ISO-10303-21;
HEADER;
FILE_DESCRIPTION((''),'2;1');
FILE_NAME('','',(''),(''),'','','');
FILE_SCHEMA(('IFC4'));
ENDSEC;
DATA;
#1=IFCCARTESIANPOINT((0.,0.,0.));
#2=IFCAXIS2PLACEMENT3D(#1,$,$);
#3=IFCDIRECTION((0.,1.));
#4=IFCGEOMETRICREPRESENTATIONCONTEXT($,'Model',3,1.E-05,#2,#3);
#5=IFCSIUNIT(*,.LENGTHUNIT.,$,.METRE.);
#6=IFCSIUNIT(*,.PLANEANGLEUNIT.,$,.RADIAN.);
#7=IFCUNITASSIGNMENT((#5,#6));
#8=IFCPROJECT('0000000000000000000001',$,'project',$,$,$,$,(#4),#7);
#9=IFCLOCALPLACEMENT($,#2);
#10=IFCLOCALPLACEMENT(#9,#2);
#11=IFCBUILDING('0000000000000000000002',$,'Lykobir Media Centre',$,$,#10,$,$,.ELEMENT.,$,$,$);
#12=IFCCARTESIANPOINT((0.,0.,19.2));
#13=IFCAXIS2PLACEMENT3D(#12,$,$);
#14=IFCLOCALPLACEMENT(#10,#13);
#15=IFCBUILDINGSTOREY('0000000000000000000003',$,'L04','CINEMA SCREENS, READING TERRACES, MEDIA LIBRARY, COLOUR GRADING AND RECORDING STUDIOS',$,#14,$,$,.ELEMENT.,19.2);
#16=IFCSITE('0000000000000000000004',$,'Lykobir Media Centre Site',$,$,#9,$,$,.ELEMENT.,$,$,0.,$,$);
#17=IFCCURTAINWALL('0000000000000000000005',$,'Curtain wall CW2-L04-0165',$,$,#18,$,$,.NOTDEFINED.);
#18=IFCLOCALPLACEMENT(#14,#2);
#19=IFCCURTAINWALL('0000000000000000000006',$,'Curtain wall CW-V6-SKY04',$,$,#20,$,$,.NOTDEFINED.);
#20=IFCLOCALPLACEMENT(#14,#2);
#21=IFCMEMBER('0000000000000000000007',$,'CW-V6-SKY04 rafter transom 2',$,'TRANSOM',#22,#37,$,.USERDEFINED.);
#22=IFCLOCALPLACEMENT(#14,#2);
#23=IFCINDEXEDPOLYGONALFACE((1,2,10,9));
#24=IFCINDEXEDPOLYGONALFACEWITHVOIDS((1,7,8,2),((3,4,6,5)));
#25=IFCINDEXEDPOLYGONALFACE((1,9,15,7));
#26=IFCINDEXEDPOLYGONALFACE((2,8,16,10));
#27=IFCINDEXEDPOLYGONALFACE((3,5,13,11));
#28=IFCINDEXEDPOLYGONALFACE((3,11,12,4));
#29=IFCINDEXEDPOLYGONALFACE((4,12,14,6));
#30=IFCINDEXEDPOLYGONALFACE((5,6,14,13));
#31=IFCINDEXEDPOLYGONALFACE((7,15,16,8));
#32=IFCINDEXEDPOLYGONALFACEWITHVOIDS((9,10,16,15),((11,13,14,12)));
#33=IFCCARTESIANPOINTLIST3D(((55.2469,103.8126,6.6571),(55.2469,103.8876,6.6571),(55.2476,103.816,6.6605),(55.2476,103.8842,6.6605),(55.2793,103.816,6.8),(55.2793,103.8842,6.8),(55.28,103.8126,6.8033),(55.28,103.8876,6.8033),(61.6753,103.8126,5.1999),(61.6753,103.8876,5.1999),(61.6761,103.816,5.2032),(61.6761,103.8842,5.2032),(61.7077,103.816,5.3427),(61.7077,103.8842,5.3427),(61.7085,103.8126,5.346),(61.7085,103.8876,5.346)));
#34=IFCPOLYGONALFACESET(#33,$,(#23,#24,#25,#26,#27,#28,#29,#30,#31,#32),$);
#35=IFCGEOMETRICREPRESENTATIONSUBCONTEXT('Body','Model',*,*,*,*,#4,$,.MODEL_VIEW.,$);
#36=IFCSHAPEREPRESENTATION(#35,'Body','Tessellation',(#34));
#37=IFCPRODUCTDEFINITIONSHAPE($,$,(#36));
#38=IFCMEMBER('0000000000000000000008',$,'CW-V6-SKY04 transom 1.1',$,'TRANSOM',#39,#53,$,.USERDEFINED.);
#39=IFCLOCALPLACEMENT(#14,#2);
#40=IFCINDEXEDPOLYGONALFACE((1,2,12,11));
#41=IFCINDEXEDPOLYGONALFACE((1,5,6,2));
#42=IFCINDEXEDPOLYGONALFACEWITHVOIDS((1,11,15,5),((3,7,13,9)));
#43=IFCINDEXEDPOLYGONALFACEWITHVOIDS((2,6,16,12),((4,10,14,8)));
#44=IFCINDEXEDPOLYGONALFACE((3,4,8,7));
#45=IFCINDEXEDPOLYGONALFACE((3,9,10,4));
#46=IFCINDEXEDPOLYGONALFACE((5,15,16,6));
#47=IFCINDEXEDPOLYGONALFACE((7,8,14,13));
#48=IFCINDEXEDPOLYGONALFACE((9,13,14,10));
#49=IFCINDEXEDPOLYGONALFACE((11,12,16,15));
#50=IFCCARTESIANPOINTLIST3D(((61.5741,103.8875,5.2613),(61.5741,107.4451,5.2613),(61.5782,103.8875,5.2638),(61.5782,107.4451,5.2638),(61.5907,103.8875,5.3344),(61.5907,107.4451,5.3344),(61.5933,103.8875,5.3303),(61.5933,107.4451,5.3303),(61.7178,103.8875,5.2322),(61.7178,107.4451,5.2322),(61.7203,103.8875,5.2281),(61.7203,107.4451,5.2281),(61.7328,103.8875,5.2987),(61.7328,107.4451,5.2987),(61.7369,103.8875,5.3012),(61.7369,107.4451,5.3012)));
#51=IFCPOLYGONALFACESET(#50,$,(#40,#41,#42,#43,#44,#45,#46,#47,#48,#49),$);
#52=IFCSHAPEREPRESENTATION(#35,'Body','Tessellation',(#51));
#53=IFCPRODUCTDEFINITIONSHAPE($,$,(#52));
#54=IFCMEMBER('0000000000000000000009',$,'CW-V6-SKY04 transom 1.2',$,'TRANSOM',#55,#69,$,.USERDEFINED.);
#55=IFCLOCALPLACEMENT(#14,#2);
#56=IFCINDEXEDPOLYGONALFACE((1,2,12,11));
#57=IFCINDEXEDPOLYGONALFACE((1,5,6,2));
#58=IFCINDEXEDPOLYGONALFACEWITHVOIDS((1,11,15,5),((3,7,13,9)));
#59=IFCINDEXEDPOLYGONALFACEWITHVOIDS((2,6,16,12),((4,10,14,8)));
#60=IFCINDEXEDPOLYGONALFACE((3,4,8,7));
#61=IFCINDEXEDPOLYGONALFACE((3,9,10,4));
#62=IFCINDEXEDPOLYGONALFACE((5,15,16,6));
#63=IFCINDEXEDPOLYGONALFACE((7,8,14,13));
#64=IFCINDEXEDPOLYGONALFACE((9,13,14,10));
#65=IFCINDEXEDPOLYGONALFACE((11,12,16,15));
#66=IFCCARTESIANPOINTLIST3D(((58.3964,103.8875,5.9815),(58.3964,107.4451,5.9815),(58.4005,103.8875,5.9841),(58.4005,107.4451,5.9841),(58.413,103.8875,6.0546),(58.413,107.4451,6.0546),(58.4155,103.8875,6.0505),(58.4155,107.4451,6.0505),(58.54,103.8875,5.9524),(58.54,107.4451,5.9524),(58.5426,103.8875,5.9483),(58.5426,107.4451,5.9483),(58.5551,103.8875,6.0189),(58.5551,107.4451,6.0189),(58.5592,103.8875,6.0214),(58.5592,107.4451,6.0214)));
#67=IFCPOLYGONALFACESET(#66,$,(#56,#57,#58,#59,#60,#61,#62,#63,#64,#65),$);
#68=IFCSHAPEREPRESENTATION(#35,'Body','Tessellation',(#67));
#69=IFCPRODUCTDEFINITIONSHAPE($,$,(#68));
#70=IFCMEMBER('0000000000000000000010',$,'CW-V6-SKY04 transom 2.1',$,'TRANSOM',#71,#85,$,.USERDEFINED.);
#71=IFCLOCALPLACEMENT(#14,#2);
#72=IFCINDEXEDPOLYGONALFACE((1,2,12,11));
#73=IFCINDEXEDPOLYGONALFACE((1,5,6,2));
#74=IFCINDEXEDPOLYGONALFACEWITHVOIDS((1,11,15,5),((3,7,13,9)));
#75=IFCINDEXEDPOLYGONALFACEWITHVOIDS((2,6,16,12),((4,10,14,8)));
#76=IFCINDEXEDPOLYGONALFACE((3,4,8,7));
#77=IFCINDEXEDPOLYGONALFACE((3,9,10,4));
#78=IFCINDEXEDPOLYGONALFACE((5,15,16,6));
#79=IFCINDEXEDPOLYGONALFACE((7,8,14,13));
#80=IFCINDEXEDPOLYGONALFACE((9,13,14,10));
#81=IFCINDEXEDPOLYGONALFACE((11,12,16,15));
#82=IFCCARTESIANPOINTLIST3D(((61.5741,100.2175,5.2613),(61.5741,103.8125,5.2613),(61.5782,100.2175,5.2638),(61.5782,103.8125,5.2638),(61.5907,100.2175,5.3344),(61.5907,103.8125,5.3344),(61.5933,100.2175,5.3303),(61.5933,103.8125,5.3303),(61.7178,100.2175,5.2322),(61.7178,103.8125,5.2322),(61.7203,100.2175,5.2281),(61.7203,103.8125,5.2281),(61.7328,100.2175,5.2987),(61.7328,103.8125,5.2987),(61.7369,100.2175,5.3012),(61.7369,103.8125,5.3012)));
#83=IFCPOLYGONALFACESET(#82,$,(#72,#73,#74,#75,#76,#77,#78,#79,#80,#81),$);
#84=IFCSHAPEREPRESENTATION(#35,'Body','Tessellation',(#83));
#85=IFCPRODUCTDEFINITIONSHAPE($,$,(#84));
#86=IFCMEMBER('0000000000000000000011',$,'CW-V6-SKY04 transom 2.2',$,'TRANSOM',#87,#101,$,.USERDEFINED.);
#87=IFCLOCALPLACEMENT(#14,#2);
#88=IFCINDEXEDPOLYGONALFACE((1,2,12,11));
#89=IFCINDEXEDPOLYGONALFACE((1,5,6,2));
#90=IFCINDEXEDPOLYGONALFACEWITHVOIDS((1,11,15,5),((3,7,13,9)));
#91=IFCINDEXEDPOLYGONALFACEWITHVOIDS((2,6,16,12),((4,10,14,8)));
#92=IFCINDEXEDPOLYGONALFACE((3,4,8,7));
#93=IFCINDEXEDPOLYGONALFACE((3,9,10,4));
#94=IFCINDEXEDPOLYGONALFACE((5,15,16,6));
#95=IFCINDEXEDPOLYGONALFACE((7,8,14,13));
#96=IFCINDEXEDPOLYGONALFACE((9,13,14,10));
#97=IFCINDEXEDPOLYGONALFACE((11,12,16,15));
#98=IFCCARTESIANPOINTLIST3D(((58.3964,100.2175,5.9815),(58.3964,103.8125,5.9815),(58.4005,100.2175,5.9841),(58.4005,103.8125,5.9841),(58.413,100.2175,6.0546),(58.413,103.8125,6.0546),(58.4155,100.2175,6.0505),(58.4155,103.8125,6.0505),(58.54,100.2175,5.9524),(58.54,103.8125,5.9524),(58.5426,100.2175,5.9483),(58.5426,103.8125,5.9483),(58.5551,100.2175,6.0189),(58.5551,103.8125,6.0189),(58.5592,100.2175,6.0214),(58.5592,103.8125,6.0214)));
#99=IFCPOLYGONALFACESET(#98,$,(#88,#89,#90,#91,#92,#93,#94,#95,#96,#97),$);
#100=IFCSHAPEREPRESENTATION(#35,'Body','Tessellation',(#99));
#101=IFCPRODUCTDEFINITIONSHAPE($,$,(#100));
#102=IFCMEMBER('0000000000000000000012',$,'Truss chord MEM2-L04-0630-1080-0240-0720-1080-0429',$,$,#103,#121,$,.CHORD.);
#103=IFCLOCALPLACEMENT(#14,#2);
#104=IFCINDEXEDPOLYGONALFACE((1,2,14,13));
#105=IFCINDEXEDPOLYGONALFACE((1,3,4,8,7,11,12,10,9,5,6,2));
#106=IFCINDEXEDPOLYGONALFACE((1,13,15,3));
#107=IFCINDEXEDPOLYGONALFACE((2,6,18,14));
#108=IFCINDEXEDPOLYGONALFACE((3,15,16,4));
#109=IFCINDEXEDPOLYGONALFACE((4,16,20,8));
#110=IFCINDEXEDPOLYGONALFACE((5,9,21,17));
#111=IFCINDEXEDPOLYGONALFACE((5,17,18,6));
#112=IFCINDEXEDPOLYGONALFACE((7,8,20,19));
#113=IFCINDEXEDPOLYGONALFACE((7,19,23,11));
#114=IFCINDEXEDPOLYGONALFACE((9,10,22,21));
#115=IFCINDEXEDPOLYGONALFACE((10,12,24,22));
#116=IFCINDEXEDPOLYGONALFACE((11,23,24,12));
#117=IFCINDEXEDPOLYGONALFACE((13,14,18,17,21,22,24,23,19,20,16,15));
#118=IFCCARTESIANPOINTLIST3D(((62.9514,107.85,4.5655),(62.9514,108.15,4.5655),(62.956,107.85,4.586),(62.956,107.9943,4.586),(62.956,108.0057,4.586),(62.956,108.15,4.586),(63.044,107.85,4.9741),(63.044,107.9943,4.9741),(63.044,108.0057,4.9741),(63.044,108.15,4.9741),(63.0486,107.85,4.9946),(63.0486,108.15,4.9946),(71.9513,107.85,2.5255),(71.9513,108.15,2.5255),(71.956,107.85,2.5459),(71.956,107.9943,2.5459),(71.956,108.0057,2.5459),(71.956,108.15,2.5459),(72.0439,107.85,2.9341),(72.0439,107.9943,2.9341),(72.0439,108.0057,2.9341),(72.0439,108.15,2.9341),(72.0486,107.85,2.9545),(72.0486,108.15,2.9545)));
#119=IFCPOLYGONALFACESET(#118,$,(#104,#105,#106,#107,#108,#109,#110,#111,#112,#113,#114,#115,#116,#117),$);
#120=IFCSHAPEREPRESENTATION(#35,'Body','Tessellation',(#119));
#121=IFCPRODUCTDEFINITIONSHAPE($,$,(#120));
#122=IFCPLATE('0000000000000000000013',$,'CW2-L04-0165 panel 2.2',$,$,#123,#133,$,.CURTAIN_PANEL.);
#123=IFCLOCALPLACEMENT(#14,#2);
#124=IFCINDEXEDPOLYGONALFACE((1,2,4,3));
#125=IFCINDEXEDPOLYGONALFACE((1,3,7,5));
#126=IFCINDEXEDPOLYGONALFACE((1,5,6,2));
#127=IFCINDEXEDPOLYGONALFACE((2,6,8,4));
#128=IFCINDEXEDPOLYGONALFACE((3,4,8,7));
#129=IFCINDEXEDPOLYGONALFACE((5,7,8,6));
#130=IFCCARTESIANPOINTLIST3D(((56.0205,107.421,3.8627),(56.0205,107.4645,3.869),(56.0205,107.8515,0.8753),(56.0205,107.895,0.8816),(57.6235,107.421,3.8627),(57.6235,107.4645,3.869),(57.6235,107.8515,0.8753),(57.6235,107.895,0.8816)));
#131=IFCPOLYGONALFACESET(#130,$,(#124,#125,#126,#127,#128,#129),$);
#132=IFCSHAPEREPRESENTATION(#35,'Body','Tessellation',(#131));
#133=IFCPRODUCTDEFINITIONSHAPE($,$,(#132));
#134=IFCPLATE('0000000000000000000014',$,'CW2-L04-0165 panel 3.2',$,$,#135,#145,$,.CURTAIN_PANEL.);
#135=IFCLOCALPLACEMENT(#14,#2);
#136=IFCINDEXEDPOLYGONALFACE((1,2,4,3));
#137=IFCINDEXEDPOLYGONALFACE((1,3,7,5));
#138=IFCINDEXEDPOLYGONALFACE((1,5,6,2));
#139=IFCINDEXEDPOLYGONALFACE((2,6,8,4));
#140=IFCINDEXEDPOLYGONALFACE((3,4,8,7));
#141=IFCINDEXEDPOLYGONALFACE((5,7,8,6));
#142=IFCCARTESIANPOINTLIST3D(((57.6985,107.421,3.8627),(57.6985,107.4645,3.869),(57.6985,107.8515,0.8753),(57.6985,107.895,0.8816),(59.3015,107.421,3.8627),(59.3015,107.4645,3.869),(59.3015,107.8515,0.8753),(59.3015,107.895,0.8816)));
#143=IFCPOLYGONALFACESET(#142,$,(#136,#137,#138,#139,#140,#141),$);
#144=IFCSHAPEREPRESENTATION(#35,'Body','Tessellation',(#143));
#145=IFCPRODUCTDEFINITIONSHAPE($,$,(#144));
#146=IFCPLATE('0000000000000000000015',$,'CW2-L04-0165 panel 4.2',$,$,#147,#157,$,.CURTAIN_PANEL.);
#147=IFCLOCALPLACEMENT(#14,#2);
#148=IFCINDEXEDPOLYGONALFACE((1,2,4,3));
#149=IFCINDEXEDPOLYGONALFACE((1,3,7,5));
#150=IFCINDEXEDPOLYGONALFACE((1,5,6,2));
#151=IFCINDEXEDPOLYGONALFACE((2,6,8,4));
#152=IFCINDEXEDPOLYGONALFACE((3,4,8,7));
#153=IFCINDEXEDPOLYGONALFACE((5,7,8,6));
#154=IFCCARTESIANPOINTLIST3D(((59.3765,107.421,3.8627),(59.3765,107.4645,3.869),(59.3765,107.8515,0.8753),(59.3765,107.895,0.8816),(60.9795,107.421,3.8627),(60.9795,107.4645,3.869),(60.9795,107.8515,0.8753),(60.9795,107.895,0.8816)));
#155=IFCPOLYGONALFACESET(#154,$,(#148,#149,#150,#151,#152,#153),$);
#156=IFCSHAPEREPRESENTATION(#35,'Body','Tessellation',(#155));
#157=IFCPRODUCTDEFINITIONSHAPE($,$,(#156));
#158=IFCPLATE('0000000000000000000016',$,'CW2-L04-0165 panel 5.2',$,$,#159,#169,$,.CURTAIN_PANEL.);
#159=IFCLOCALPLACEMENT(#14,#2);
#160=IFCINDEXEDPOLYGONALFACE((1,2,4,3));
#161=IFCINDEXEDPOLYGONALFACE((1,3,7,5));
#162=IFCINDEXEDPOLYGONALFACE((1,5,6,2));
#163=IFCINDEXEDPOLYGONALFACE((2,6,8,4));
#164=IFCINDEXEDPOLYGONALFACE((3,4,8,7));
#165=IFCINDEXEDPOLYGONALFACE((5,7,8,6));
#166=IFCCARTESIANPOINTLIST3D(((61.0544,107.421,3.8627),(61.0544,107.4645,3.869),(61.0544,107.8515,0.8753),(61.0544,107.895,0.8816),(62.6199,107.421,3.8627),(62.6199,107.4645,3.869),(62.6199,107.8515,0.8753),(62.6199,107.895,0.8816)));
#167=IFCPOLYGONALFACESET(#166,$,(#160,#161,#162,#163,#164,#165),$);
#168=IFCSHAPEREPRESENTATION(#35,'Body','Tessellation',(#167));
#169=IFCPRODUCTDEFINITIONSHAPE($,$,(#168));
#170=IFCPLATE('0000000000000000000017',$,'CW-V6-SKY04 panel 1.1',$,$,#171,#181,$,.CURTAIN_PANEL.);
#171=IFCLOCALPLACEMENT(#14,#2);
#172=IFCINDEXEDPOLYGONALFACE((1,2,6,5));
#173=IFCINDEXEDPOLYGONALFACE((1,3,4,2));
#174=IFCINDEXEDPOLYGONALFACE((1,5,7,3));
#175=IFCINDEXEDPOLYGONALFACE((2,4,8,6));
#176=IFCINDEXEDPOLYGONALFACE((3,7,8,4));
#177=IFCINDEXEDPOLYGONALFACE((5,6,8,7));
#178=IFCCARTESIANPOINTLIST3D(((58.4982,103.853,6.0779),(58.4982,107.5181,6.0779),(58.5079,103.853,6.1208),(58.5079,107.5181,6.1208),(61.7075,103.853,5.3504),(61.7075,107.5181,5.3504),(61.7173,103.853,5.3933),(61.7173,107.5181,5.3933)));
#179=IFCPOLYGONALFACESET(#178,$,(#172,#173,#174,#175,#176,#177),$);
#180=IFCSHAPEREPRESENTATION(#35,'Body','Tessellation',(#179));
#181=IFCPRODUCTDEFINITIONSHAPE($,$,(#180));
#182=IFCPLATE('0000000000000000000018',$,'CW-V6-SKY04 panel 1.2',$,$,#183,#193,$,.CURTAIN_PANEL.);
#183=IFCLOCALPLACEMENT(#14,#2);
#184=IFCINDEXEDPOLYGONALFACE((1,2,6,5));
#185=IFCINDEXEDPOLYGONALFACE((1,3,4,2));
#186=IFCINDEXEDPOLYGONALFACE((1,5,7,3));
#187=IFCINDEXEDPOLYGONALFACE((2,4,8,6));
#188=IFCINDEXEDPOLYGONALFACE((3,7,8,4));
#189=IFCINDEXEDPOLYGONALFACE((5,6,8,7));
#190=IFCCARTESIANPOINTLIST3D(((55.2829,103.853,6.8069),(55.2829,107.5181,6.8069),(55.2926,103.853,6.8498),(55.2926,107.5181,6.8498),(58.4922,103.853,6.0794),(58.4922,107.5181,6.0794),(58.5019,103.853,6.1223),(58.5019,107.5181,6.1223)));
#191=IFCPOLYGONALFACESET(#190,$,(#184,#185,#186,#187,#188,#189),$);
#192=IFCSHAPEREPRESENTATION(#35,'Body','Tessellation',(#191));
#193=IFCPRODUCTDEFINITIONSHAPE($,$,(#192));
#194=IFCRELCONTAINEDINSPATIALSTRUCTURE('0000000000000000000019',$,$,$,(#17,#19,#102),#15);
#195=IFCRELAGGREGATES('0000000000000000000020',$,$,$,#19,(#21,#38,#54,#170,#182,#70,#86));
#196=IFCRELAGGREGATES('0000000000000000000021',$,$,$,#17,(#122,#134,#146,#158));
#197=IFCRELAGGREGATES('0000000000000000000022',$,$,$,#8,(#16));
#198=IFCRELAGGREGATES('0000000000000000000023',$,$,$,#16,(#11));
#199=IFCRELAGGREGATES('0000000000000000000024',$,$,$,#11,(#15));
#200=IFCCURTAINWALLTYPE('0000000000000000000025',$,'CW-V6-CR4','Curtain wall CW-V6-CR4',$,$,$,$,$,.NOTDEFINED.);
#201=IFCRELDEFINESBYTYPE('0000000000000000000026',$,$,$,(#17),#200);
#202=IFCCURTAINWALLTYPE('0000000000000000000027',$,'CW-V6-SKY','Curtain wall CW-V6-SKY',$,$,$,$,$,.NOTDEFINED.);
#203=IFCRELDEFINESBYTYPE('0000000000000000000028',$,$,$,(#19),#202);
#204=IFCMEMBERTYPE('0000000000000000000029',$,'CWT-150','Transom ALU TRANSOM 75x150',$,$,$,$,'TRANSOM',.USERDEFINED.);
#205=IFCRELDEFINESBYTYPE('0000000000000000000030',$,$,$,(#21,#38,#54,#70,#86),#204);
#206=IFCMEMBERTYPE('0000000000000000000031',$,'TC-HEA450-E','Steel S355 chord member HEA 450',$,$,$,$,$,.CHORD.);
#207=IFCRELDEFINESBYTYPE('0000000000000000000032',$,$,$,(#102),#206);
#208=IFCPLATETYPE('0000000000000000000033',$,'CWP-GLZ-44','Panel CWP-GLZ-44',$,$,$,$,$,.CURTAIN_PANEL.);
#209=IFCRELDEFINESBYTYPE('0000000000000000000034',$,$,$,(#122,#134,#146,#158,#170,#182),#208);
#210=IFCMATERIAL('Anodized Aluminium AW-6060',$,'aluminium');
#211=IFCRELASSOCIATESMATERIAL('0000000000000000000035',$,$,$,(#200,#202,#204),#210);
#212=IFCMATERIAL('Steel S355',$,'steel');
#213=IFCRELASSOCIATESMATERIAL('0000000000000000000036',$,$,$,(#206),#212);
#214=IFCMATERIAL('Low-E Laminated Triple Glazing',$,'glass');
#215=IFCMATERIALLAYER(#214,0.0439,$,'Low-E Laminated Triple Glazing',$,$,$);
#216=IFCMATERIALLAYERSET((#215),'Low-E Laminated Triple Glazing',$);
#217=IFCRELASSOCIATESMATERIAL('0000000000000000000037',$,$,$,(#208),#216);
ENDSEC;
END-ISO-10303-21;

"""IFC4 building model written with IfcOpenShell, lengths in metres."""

from ifc_helpers import new_model, si_unit, direction, frame, origin, origin_2d, place, context, subcontext, project, spatial, rectangle, hollow_rectangle, i_section, extrude, material, layer, layer_set, material_profile, profile_set, type_object, element, aggregate, save


model = new_model("IFC4")

# Units and contexts
model_context = context("Model", 3, precision=1e-05, world=origin(), true_north=direction((0.0, 1.0)))
body_context = subcontext(model_context, "Body", "Model", "MODEL_VIEW")
ifc_project = project(units=[si_unit("LENGTHUNIT", "METRE"), si_unit("PLANEANGLEUNIT", "RADIAN")], contexts=[model_context])

# Site, building, storey
site_placement = place(None, origin())
site = spatial("IfcSite", under=ifc_project, at=site_placement, Name="Lykobir Media Centre Site", CompositionType="ELEMENT", RefElevation=0.0)
building_placement = place(site_placement, origin())
building = spatial("IfcBuilding", under=site, at=building_placement, Name="Lykobir Media Centre", CompositionType="ELEMENT")
storey_placement = place(building_placement, frame((0.0, 0.0, 19.2)))
storey = spatial("IfcBuildingStorey", under=building, at=storey_placement, Name="L04", Description="CINEMA SCREENS, READING TERRACES, MEDIA LIBRARY, COLOUR GRADING AND RECORDING STUDIOS", CompositionType="ELEMENT", Elevation=19.2)

# Shared definitions
ifc_material_1 = material(Name="Steel S355", Category="steel")

# Curtain walls, members
ifc_material_2 = material(Name="Anodized Aluminium AW-6060", Category="aluminium")
curtain_wall_type_1 = type_object("IfcCurtainWallType", Name="CW-V6-CR4", Description="Curtain wall CW-V6-CR4", PredefinedType="NOTDEFINED", material=ifc_material_2)
curtain_wall_1_placement = place(storey_placement, origin())
curtain_wall_1 = element("IfcCurtainWall", 1, at=curtain_wall_1_placement, inside=storey, type_object=curtain_wall_type_1, Name="Curtain wall CW2-L04-0165", PredefinedType="NOTDEFINED")
ifc_material_profile_1 = material_profile(ifc_material_2, hollow_rectangle(XDim=0.075, YDim=0.1499, WallThickness=0.0034, at=origin_2d()), Name="ALU TRANSOM 75x150")
ifc_profile_set_1 = profile_set([ifc_material_profile_1], Name="Anodized Aluminium AW-6060")
member_type_1 = type_object("IfcMemberType", Name="CWT-150", Description="Transom ALU TRANSOM 75x150", ElementType="TRANSOM", PredefinedType="USERDEFINED", material=ifc_profile_set_1)
curtain_wall_type_2 = type_object("IfcCurtainWallType", Name="CW-V6-SKY", Description="Curtain wall CW-V6-SKY", PredefinedType="NOTDEFINED", material=ifc_material_2)
curtain_wall_2_placement = place(storey_placement, origin())
curtain_wall_2 = element("IfcCurtainWall", 2, at=curtain_wall_2_placement, inside=storey, type_object=curtain_wall_type_2, Name="Curtain wall CW-V6-SKY04", PredefinedType="NOTDEFINED")
member_1_placement = place(storey_placement, frame((61.6919, 103.8501, 5.2729), z_axis=(-0.975255, 0.0, 0.221082), x_axis=(0.0, -1.0, 0.0)))
member_1 = element("IfcMember", 3, at=member_1_placement, type_object=member_type_1, Name="CW-V6-SKY04 rafter transom 2", ObjectType="TRANSOM", PredefinedType="USERDEFINED", context=body_context, shape_type="SweptSolid", body=[
    extrude(hollow_rectangle(XDim=0.075, YDim=0.1499, WallThickness=0.0034, at=origin_2d()), origin(), (0.0, 0.0, 1.0), 6.5916),
])
member_2_placement = place(storey_placement, frame((61.6555, 107.4451, 5.2812), z_axis=(0.0, -1.0, 0.0), x_axis=(0.221072, 0.0, 0.975258)))
member_2 = element("IfcMember", 4, at=member_2_placement, type_object=member_type_1, Name="CW-V6-SKY04 transom 1.1", ObjectType="TRANSOM", PredefinedType="USERDEFINED", context=body_context, shape_type="SweptSolid", body=[
    extrude(hollow_rectangle(XDim=0.075, YDim=0.1499, WallThickness=0.0034, at=origin_2d()), origin(), (0.0, 0.0, 1.0), 3.5576),
])
member_3_placement = place(storey_placement, frame((58.4778, 107.4451, 6.0015), z_axis=(0.0, -1.0, 0.0), x_axis=(0.221072, 0.0, 0.975258)))
member_3 = element("IfcMember", 5, at=member_3_placement, type_object=member_type_1, Name="CW-V6-SKY04 transom 1.2", ObjectType="TRANSOM", PredefinedType="USERDEFINED", context=body_context, shape_type="SweptSolid", body=[
    extrude(hollow_rectangle(XDim=0.075, YDim=0.1499, WallThickness=0.0034, at=origin_2d()), origin(), (0.0, 0.0, 1.0), 3.5576),
])
member_4_placement = place(storey_placement, frame((61.6555, 103.8125, 5.2812), z_axis=(0.0, -1.0, 0.0), x_axis=(0.221072, 0.0, 0.975258)))
member_4 = element("IfcMember", 6, at=member_4_placement, type_object=member_type_1, Name="CW-V6-SKY04 transom 2.1", ObjectType="TRANSOM", PredefinedType="USERDEFINED", context=body_context, shape_type="SweptSolid", body=[
    extrude(hollow_rectangle(XDim=0.075, YDim=0.1499, WallThickness=0.0034, at=origin_2d()), origin(), (0.0, 0.0, 1.0), 3.595),
])
member_5_placement = place(storey_placement, frame((58.4778, 103.8125, 6.0015), z_axis=(0.0, -1.0, 0.0), x_axis=(0.221072, 0.0, 0.975258)))
member_5 = element("IfcMember", 7, at=member_5_placement, type_object=member_type_1, Name="CW-V6-SKY04 transom 2.2", ObjectType="TRANSOM", PredefinedType="USERDEFINED", context=body_context, shape_type="SweptSolid", body=[
    extrude(hollow_rectangle(XDim=0.075, YDim=0.1499, WallThickness=0.0034, at=origin_2d()), origin(), (0.0, 0.0, 1.0), 3.595),
])

# Member
ifc_material_profile_2 = material_profile(ifc_material_1, i_section(OverallWidth=0.3, OverallDepth=0.4399, WebThickness=0.0115, FlangeThickness=0.021, at=origin_2d()), Name="HEA 450")
ifc_profile_set_2 = profile_set([ifc_material_profile_2], Name="Steel S355")
member_type_2 = type_object("IfcMemberType", Name="TC-HEA450-E", Description="Steel S355 chord member HEA 450", PredefinedType="CHORD", material=ifc_profile_set_2)
member_6_placement = place(storey_placement, frame((63.0, 108.0, 4.78), z_axis=(0.97526, 0.0, -0.221063), x_axis=(0.0, 1.0, 0.0)))
element("IfcMember", 8, at=member_6_placement, inside=storey, type_object=member_type_2, Name="Truss chord MEM2-L04-0630-1080-0240-0720-1080-0429", PredefinedType="CHORD", context=body_context, shape_type="SweptSolid", body=[
    extrude(i_section(OverallWidth=0.3, OverallDepth=0.4399, WebThickness=0.0115, FlangeThickness=0.021, at=origin_2d()), origin(), (0.0, 0.0, 1.0), 9.2283),
])

# Plates
ifc_material_3 = material(Name="Low-E Laminated Triple Glazing", Category="glass")
ifc_layer_1 = layer(ifc_material_3, 0.0439, Name="Low-E Laminated Triple Glazing")
ifc_layer_set_1 = layer_set([ifc_layer_1], Name="Low-E Laminated Triple Glazing")
plate_type_1 = type_object("IfcPlateType", Name="CWP-GLZ-44", Description="Panel CWP-GLZ-44", PredefinedType="CURTAIN_PANEL", material=ifc_layer_set_1)
plate_1_placement = place(storey_placement, frame((56.822, 107.8733, 0.8784), z_axis=(0.0, -0.142629, 0.989776), x_axis=(1.0, 0.0, 0.0)))
plate_1 = element("IfcPlate", 9, at=plate_1_placement, type_object=plate_type_1, Name="CW2-L04-0165 panel 2.2", PredefinedType="CURTAIN_PANEL", context=body_context, shape_type="SweptSolid", body=[
    extrude(rectangle(XDim=1.603, YDim=0.0439, at=origin_2d()), origin(), (0.0, 0.0, 1.0), 3.0183),
])
plate_2_placement = place(storey_placement, frame((58.5, 107.8733, 0.8784), z_axis=(0.0, -0.142629, 0.989776), x_axis=(1.0, 0.0, 0.0)))
plate_2 = element("IfcPlate", 10, at=plate_2_placement, type_object=plate_type_1, Name="CW2-L04-0165 panel 3.2", PredefinedType="CURTAIN_PANEL", context=body_context, shape_type="SweptSolid", body=[
    extrude(rectangle(XDim=1.603, YDim=0.0439, at=origin_2d()), origin(), (0.0, 0.0, 1.0), 3.0183),
])
plate_3_placement = place(storey_placement, frame((60.178, 107.8733, 0.8784), z_axis=(0.0, -0.142629, 0.989776), x_axis=(1.0, 0.0, 0.0)))
plate_3 = element("IfcPlate", 11, at=plate_3_placement, type_object=plate_type_1, Name="CW2-L04-0165 panel 4.2", PredefinedType="CURTAIN_PANEL", context=body_context, shape_type="SweptSolid", body=[
    extrude(rectangle(XDim=1.603, YDim=0.0439, at=origin_2d()), origin(), (0.0, 0.0, 1.0), 3.0183),
])
plate_4_placement = place(storey_placement, frame((61.8372, 107.8733, 0.8784), z_axis=(0.0, -0.142629, 0.989776), x_axis=(1.0, 0.0, 0.0)))
plate_4 = element("IfcPlate", 12, at=plate_4_placement, type_object=plate_type_1, Name="CW2-L04-0165 panel 5.2", PredefinedType="CURTAIN_PANEL", context=body_context, shape_type="SweptSolid", body=[
    extrude(rectangle(XDim=1.5654, YDim=0.0439, at=origin_2d()), origin(), (0.0, 0.0, 1.0), 3.0183),
])
plate_5_placement = place(storey_placement, frame((61.7124, 105.6855, 5.3718), z_axis=(-0.975258, 0.0, 0.221072), x_axis=(0.0, -1.0, 0.0)))
plate_5 = element("IfcPlate", 13, at=plate_5_placement, type_object=plate_type_1, Name="CW-V6-SKY04 panel 1.1", PredefinedType="CURTAIN_PANEL", context=body_context, shape_type="SweptSolid", body=[
    extrude(rectangle(XDim=3.665, YDim=0.0439, at=origin_2d()), origin(), (0.0, 0.0, 1.0), 3.2908),
])
plate_6_placement = place(storey_placement, frame((58.4971, 105.6855, 6.1008), z_axis=(-0.975258, 0.0, 0.221072), x_axis=(0.0, -1.0, 0.0)))
plate_6 = element("IfcPlate", 14, at=plate_6_placement, type_object=plate_type_1, Name="CW-V6-SKY04 panel 1.2", PredefinedType="CURTAIN_PANEL", context=body_context, shape_type="SweptSolid", body=[
    extrude(rectangle(XDim=3.665, YDim=0.0439, at=origin_2d()), origin(), (0.0, 0.0, 1.0), 3.2908),
])
aggregate(curtain_wall_2, [member_1, member_2, member_3, plate_5, plate_6, member_4, member_5])
aggregate(curtain_wall_1, [plate_1, plate_2, plate_3, plate_4])

save(model, "model.ifc")
